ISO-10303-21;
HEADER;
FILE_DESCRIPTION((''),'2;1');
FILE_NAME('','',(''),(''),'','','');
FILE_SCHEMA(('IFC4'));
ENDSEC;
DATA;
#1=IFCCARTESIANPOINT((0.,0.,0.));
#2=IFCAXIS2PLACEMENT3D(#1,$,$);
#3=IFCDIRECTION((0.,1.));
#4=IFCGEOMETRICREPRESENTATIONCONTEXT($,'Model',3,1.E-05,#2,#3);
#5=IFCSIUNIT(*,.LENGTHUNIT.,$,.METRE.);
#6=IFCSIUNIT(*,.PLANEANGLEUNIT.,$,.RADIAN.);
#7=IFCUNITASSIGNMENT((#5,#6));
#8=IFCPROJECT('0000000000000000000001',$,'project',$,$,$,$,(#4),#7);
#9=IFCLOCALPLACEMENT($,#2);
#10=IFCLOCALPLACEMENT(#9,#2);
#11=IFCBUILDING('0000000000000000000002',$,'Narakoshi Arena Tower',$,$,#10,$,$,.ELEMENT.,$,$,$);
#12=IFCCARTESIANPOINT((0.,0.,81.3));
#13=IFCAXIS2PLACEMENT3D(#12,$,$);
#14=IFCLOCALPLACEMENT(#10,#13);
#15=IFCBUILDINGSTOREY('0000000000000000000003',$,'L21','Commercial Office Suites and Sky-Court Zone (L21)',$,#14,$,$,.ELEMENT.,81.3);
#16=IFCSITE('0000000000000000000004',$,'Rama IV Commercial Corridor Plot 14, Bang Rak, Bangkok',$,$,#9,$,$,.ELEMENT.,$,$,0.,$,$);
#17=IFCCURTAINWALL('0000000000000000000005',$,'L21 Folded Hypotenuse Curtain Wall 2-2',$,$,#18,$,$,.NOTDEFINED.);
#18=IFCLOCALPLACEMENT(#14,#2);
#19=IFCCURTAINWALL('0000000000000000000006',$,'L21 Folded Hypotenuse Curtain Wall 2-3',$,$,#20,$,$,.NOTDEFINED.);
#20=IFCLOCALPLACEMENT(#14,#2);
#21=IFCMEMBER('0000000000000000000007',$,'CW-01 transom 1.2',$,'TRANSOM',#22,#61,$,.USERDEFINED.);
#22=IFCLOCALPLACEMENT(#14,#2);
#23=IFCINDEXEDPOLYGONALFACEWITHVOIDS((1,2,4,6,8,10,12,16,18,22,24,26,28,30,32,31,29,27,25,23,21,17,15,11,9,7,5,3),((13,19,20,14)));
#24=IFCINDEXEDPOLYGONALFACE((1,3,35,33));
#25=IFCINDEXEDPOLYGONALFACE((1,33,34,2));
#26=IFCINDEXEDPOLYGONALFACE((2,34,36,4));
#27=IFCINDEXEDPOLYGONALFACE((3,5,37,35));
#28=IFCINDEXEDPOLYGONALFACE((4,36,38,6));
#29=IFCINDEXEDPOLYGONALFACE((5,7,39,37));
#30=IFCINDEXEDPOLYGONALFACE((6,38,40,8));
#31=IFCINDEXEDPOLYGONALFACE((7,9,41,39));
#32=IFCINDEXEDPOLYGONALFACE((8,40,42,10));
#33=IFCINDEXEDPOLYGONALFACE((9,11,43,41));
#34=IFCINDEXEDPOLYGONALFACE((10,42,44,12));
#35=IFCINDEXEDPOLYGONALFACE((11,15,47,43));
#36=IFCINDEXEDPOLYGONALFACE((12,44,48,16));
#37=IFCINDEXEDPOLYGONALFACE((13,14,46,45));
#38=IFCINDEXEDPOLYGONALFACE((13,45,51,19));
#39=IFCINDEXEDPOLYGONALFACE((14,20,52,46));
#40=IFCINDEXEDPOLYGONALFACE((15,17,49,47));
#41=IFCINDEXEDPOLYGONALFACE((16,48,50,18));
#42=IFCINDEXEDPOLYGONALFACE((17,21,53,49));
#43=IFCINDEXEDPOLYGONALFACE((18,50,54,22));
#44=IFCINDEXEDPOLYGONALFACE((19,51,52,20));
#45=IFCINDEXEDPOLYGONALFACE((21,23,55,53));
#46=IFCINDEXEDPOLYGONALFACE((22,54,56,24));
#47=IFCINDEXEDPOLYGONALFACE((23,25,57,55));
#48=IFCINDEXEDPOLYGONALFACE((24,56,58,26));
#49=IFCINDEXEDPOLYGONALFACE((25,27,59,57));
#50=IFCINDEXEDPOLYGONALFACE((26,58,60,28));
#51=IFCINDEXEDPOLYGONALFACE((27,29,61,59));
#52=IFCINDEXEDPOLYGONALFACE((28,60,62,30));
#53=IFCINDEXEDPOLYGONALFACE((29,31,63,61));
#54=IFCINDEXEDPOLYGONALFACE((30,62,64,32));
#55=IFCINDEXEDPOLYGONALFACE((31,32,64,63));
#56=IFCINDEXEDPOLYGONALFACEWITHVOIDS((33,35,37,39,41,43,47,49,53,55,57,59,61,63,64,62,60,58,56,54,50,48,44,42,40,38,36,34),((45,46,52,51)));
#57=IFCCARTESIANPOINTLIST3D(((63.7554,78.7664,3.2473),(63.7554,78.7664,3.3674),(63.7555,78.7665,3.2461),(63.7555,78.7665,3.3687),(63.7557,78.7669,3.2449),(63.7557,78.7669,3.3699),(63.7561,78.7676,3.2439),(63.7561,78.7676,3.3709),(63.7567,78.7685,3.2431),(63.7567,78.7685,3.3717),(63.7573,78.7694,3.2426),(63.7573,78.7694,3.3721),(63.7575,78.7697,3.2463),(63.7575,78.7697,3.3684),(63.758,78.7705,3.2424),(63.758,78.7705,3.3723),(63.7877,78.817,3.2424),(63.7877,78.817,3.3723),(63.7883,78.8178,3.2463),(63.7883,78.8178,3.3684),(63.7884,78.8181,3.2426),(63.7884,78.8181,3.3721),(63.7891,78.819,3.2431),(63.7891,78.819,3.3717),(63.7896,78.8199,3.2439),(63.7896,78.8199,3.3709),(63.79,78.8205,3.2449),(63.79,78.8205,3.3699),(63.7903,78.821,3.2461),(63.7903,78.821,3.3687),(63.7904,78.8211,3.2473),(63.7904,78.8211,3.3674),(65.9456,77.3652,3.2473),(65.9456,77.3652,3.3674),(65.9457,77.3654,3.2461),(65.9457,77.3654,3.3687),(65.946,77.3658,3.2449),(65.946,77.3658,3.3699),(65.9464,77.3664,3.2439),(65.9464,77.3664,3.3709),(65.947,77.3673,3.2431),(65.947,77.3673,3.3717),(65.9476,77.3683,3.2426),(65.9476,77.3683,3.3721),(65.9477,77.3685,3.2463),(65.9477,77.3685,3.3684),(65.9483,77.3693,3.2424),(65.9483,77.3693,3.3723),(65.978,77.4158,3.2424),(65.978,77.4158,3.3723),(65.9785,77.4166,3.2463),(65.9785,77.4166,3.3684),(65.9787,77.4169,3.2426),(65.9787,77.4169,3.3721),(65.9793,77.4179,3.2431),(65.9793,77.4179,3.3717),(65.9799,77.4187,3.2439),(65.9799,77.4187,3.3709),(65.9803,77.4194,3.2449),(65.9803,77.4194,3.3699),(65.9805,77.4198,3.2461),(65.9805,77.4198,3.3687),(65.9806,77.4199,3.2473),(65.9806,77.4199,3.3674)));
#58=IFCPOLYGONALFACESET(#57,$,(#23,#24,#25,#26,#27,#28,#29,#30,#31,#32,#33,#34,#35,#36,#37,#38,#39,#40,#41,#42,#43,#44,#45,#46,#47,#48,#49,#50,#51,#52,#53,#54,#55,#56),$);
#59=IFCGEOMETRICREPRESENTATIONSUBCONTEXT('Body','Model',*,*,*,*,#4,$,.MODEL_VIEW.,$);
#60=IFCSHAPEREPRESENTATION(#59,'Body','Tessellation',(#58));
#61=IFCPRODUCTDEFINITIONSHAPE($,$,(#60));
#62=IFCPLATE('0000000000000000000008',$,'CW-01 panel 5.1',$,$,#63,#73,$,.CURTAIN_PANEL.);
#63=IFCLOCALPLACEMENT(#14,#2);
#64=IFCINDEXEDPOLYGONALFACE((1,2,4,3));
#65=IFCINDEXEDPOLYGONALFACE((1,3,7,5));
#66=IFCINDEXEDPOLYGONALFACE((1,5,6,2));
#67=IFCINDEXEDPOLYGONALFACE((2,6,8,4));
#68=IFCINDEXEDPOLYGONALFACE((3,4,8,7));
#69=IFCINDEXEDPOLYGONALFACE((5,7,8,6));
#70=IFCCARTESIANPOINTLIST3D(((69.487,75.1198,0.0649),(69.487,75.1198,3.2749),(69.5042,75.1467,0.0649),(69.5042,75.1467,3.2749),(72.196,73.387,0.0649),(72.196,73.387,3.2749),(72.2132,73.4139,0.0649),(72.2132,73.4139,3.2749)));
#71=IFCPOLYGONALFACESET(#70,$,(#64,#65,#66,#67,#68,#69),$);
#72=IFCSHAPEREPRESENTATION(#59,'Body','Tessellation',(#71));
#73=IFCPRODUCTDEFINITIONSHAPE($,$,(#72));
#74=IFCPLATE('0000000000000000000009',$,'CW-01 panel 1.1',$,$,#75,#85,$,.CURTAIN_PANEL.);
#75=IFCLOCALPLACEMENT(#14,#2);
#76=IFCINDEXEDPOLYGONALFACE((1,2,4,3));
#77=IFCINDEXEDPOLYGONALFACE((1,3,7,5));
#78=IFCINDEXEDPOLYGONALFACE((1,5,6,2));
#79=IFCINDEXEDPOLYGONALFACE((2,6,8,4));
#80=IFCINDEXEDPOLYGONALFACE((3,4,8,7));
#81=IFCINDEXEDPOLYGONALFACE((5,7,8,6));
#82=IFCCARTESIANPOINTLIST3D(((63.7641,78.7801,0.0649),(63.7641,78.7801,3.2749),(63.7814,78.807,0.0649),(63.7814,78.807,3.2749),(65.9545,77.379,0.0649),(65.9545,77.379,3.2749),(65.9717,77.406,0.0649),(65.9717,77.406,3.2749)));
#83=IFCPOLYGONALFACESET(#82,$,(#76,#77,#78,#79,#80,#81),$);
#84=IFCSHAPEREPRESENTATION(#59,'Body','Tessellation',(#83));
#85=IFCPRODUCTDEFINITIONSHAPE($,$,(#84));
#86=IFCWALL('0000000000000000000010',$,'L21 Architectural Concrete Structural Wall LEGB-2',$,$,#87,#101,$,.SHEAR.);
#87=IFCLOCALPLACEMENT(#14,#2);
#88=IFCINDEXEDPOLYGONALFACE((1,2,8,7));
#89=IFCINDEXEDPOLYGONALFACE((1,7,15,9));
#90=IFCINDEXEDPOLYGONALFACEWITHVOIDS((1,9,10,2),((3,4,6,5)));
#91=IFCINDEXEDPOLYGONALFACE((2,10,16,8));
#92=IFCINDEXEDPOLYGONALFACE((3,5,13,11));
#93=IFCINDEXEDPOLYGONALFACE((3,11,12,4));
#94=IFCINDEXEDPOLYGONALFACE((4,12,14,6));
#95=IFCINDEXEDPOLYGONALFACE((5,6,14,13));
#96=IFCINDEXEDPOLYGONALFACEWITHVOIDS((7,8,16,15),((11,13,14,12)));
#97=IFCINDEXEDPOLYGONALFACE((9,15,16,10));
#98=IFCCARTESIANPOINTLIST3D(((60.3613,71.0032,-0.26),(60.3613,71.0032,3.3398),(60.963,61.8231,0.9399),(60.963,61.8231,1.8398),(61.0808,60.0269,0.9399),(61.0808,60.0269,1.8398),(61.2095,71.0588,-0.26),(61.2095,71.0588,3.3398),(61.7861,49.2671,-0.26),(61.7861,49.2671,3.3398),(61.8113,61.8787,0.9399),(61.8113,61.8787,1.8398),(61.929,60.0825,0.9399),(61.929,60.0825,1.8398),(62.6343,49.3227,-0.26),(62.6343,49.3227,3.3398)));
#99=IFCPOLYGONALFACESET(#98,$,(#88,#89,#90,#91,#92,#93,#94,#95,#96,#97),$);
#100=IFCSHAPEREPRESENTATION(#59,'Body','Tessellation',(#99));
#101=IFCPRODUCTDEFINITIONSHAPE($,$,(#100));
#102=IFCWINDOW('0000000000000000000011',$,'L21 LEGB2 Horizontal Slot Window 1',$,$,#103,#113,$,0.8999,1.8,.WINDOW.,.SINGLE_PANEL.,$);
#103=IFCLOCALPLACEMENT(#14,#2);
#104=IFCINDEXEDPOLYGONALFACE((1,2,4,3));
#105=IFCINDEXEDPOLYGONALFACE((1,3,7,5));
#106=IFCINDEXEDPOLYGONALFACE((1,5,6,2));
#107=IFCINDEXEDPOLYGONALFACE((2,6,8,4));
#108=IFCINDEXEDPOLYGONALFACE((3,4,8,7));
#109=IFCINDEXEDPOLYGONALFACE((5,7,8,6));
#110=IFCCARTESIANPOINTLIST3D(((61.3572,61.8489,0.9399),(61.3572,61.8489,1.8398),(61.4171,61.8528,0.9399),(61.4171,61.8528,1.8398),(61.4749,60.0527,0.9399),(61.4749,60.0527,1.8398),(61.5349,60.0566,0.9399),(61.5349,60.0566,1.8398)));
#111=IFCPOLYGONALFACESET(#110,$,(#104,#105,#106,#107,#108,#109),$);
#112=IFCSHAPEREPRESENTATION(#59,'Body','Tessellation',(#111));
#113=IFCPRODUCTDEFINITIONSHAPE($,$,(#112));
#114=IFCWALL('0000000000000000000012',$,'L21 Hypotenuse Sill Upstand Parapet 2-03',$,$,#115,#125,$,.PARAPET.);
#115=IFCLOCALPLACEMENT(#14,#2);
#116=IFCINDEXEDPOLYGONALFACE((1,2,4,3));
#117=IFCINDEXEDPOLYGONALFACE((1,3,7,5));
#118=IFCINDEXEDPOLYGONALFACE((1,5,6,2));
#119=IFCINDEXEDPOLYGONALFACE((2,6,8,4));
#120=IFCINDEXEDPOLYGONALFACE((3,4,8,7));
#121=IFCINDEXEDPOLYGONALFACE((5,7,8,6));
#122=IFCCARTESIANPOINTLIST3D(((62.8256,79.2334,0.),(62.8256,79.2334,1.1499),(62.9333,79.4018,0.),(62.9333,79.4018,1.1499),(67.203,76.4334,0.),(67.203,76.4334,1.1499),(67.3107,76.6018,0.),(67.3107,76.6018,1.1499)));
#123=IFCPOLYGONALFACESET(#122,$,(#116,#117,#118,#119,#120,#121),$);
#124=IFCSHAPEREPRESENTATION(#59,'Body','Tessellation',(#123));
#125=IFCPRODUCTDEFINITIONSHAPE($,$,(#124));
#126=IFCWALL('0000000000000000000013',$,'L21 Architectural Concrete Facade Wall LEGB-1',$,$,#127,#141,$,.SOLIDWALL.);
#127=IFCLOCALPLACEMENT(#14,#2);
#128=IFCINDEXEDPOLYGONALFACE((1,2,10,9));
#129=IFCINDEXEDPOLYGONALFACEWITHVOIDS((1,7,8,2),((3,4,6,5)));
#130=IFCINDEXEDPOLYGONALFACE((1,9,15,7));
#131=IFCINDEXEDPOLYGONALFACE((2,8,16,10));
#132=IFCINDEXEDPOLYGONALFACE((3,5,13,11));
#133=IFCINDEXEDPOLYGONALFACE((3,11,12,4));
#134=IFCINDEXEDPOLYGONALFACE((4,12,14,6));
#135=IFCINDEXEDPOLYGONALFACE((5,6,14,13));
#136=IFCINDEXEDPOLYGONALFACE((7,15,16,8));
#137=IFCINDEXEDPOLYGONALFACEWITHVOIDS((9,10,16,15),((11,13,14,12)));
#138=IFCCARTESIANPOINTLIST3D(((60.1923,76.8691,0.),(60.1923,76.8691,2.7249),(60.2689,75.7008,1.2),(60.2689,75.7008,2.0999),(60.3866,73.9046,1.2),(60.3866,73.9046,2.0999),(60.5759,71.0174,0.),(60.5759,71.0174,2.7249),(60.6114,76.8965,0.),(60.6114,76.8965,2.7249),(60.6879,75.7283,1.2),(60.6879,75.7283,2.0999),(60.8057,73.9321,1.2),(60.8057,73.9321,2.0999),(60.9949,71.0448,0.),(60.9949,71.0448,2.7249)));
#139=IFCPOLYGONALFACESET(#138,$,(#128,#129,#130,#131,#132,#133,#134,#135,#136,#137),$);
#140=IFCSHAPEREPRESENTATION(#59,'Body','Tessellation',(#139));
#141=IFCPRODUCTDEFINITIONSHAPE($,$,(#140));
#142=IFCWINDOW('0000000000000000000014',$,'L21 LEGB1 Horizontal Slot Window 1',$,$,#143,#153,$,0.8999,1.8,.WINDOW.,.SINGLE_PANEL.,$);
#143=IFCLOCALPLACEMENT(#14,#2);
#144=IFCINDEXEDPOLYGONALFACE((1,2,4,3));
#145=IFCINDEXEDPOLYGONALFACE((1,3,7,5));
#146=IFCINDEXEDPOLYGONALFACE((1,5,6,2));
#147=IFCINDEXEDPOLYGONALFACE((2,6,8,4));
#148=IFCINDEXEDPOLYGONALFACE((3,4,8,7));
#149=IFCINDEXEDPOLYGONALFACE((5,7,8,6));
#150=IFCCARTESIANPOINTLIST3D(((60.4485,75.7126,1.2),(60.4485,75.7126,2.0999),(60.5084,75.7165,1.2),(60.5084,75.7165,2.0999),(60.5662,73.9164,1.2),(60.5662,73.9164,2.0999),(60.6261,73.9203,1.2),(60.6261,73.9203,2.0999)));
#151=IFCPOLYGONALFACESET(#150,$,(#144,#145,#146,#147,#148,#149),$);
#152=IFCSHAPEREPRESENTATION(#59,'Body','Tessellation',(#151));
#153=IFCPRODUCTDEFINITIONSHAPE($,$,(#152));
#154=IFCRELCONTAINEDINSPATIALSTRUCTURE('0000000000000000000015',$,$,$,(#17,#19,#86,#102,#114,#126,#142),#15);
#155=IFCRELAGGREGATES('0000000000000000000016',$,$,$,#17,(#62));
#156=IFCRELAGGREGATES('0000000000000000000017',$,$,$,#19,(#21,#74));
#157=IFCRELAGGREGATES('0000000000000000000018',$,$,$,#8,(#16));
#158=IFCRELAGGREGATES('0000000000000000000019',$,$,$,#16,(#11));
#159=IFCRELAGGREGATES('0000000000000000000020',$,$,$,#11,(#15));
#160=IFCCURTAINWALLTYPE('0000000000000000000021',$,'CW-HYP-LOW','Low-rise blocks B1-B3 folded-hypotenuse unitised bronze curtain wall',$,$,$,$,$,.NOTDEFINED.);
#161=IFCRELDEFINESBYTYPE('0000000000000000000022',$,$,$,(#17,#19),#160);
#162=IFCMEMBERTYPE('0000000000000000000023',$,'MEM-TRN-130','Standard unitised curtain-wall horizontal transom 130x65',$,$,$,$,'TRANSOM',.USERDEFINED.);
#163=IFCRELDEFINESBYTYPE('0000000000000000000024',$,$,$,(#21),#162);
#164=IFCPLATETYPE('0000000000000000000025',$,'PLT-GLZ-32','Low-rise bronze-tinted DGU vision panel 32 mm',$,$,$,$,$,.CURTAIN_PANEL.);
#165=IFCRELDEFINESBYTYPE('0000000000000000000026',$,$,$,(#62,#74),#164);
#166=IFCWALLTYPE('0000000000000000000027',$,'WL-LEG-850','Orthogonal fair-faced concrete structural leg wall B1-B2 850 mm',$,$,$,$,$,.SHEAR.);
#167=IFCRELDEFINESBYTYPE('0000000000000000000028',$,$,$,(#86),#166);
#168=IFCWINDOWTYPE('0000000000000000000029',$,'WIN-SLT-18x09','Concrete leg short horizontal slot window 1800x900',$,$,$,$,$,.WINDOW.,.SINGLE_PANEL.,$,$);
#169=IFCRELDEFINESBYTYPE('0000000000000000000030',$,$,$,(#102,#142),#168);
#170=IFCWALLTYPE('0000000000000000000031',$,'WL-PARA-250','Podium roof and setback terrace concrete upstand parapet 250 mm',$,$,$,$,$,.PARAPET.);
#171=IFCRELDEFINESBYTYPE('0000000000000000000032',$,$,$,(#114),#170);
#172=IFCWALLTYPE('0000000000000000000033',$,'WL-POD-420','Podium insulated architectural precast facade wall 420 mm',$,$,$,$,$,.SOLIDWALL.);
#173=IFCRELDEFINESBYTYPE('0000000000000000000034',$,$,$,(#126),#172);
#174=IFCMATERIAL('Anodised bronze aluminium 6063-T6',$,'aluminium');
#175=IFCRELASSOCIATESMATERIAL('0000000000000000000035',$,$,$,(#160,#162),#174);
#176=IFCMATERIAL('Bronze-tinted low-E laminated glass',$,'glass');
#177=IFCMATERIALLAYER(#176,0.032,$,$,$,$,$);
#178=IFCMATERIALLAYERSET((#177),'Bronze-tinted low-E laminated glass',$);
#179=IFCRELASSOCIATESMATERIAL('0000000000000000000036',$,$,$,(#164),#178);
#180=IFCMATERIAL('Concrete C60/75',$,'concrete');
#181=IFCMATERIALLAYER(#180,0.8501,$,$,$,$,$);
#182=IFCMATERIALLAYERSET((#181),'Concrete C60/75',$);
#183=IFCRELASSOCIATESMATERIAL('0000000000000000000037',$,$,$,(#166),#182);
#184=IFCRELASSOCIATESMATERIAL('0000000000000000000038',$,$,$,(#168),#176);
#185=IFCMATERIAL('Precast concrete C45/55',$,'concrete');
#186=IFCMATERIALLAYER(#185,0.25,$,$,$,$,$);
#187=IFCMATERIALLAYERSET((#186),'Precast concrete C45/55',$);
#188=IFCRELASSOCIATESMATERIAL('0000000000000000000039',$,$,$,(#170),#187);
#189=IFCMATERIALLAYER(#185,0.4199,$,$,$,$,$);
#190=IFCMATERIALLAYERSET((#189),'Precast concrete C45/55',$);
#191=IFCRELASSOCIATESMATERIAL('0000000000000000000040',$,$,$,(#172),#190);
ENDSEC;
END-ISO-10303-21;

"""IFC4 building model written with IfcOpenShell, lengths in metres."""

from ifc_helpers import new_model, si_unit, direction, frame, frame_2d, origin, origin_2d, place, context, subcontext, project, spatial, rectangle, hollow_rectangle, extrude, material, layer, layer_set, material_profile, profile_set, type_object, element, fill, aggregate, save


model = new_model("IFC4")

# Units and contexts
model_context = context("Model", 3, precision=1e-05, world=origin(), true_north=direction((0.0, 1.0)))
body_context = subcontext(model_context, "Body", "Model", "MODEL_VIEW")
ifc_project = project(units=[si_unit("LENGTHUNIT", "METRE"), si_unit("PLANEANGLEUNIT", "RADIAN")], contexts=[model_context])

# Site, building, storey
site_placement = place(None, origin())
site = spatial("IfcSite", under=ifc_project, at=site_placement, Name="Rama IV Commercial Corridor Plot 14, Bang Rak, Bangkok", CompositionType="ELEMENT", RefElevation=0.0)
building_placement = place(site_placement, origin())
building = spatial("IfcBuilding", under=site, at=building_placement, Name="Narakoshi Arena Tower", CompositionType="ELEMENT")
storey_placement = place(building_placement, frame((0.0, 0.0, 81.3)))
storey = spatial("IfcBuildingStorey", under=building, at=storey_placement, Name="L21", Description="Commercial Office Suites and Sky-Court Zone (L21)", CompositionType="ELEMENT", Elevation=81.3)

# Shared definitions
ifc_material_1 = material(Name="Concrete C60/75", Category="concrete")

# Curtain wall
ifc_material_2 = material(Name="Anodised bronze aluminium 6063-T6", Category="aluminium")
curtain_wall_type = type_object("IfcCurtainWallType", Name="CW-HYP-LOW", Description="Low-rise blocks B1-B3 folded-hypotenuse unitised bronze curtain wall", PredefinedType="NOTDEFINED", material=ifc_material_2)
curtain_wall_1_placement = place(storey_placement, origin())
curtain_wall_1 = element("IfcCurtainWall", 1, at=curtain_wall_1_placement, inside=storey, type_object=curtain_wall_type, Name="L21 Folded Hypotenuse Curtain Wall 2-2", PredefinedType="NOTDEFINED")

# Curtain wall
curtain_wall_2_placement = place(storey_placement, origin())
curtain_wall_2 = element("IfcCurtainWall", 2, at=curtain_wall_2_placement, inside=storey, type_object=curtain_wall_type, Name="L21 Folded Hypotenuse Curtain Wall 2-3", PredefinedType="NOTDEFINED")

# Member
ifc_material_profile_1 = material_profile(ifc_material_2, hollow_rectangle(XDim=0.0649, YDim=0.1299, WallThickness=0.0039, OuterFilletRadius=0.0049, at=origin_2d()), Name="TRN130x65x4")
ifc_profile_set_1 = profile_set([ifc_material_profile_1], Name="Anodised bronze aluminium 6063-T6")
member_type_1 = type_object("IfcMemberType", Name="MEM-TRN-130", Description="Standard unitised curtain-wall horizontal transom 130x65", ElementType="TRANSOM", PredefinedType="USERDEFINED", material=ifc_profile_set_1)
member_1_placement = place(storey_placement, frame((65.9631, 77.3926, 3.3074), z_axis=(-0.842375, 0.538891, 0.0), x_axis=(-0.538891, -0.842375, 0.0)))
member_1 = element("IfcMember", 3, at=member_1_placement, type_object=member_type_1, Name="CW-01 transom 1.2", ObjectType="TRANSOM", PredefinedType="USERDEFINED", context=body_context, shape_type="SweptSolid", body=[
    extrude(hollow_rectangle(XDim=0.0649, YDim=0.1299, WallThickness=0.0039, OuterFilletRadius=0.0049, at=origin_2d()), origin(), (0.0, 0.0, 1.0), 2.6001),
])

# Plates
ifc_material_3 = material(Name="Bronze-tinted low-E laminated glass", Category="glass")
ifc_layer_1 = layer(ifc_material_3, 0.032)
ifc_layer_set_1 = layer_set([ifc_layer_1], Name="Bronze-tinted low-E laminated glass")
plate_type = type_object("IfcPlateType", Name="PLT-GLZ-32", Description="Low-rise bronze-tinted DGU vision panel 32 mm", PredefinedType="CURTAIN_PANEL", material=ifc_layer_set_1)
plate_1_placement = place(storey_placement, frame((70.8501, 74.2668, 0.0649), z_axis=(0.0, 0.0, 1.0), x_axis=(-0.842415, 0.538829, 0.0)))
plate_1 = element("IfcPlate", 4, at=plate_1_placement, type_object=plate_type, Name="CW-01 panel 5.1", PredefinedType="CURTAIN_PANEL", context=body_context, shape_type="SweptSolid", body=[
    extrude(rectangle(XDim=3.2158, YDim=0.032, at=origin_2d()), origin(), (0.0, 0.0, 1.0), 3.21),
])
aggregate(curtain_wall_1, [plate_1])
plate_2_placement = place(storey_placement, frame((64.8679, 78.093, 0.0649), z_axis=(0.0, 0.0, 1.0), x_axis=(-0.842407, 0.538841, 0.0)))
plate_2 = element("IfcPlate", 5, at=plate_2_placement, type_object=plate_type, Name="CW-01 panel 1.1", PredefinedType="CURTAIN_PANEL", context=body_context, shape_type="SweptSolid", body=[
    extrude(rectangle(XDim=2.6001, YDim=0.032, at=origin_2d()), origin(), (0.0, 0.0, 1.0), 3.21),
])
aggregate(curtain_wall_2, [member_1, plate_2])

# Wall, opening, window
ifc_layer_2 = layer(ifc_material_1, 0.8501)
ifc_layer_set_2 = layer_set([ifc_layer_2], Name="Concrete C60/75")
wall_type_1 = type_object("IfcWallType", Name="WL-LEG-850", Description="Orthogonal fair-faced concrete structural leg wall B1-B2 850 mm", PredefinedType="SHEAR", material=ifc_layer_set_2)
wall_1_placement = place(storey_placement, frame((60.7854, 71.031, -0.26), z_axis=(0.0, 0.0, 1.0), x_axis=(0.06541, -0.997858, 0.0)))
wall_1 = element("IfcWall", 6, at=wall_1_placement, inside=storey, type_object=wall_type_1, Name="L21 Architectural Concrete Structural Wall LEGB-2", PredefinedType="SHEAR", context=body_context, shape_type="SweptSolid", body=[
    extrude(rectangle(XDim=21.7827, YDim=0.8501, at=frame_2d((10.8914, 0.0))), origin(), (0.0, 0.0, 1.0), 3.5999),
])
opening_1_placement = place(wall_1_placement, frame((9.2, 0.0, 1.2)))
opening_1 = element("IfcOpeningElement", 7, at=opening_1_placement, cuts=wall_1, PredefinedType="OPENING", context=body_context, shape_type="SweptSolid", body=[
    extrude(rectangle(XDim=1.8, YDim=0.8999, at=frame_2d((0.8999, 0.45))), frame((0.0, 0.4351, 0.0), z_axis=(0.0, -1.0, 0.0), x_axis=(1.0, 0.0, 0.0)), (0.0, 0.0, 1.0), 0.8701),
])
window_type_1 = type_object("IfcWindowType", Name="WIN-SLT-18x09", Description="Concrete leg short horizontal slot window 1800x900", PartitioningType="SINGLE_PANEL", PredefinedType="WINDOW", material=ifc_material_3)
window_1_placement = place(opening_1_placement, origin())
window_1 = element("IfcWindow", 8, at=window_1_placement, inside=storey, type_object=window_type_1, Name="L21 LEGB2 Horizontal Slot Window 1", OverallHeight=0.8999, OverallWidth=1.8, PartitioningType="SINGLE_PANEL", PredefinedType="WINDOW", context=body_context, shape_type="SweptSolid", body=[
    extrude(rectangle(XDim=1.8, YDim=0.8999, at=frame_2d((0.8999, 0.45))), frame((0.0, 0.03, 0.0), z_axis=(0.0, -1.0, 0.0), x_axis=(1.0, 0.0, 0.0)), (0.0, 0.0, 1.0), 0.0601),
])
fill(opening_1, window_1)

# Wall
ifc_material_4 = material(Name="Precast concrete C45/55", Category="concrete")
ifc_layer_3 = layer(ifc_material_4, 0.25)
ifc_layer_set_3 = layer_set([ifc_layer_3], Name="Precast concrete C45/55")
wall_type_2 = type_object("IfcWallType", Name="WL-PARA-250", Description="Podium roof and setback terrace concrete upstand parapet 250 mm", PredefinedType="PARAPET", material=ifc_layer_set_3)
wall_2_placement = place(storey_placement, frame((67.2568, 76.5176, 0.0), z_axis=(0.0, 0.0, 1.0), x_axis=(-0.842404, 0.538847, 0.0)))
element("IfcWall", 9, at=wall_2_placement, inside=storey, type_object=wall_type_2, Name="L21 Hypotenuse Sill Upstand Parapet 2-03", PredefinedType="PARAPET", context=body_context, shape_type="SweptSolid", body=[
    extrude(rectangle(XDim=5.1963, YDim=0.2, at=frame_2d((2.5981, 0.0))), origin(), (0.0, 0.0, 1.0), 1.1499),
])

# Wall, opening, window
ifc_layer_4 = layer(ifc_material_4, 0.4199)
ifc_layer_set_4 = layer_set([ifc_layer_4], Name="Precast concrete C45/55")
wall_type_3 = type_object("IfcWallType", Name="WL-POD-420", Description="Podium insulated architectural precast facade wall 420 mm", PredefinedType="SOLIDWALL", material=ifc_layer_set_4)
wall_3_placement = place(storey_placement, frame((60.4019, 76.8828, 0.0), z_axis=(0.0, 0.0, 1.0), x_axis=(0.065403, -0.997859, 0.0)))
wall_3 = element("IfcWall", 10, at=wall_3_placement, inside=storey, type_object=wall_type_3, Name="L21 Architectural Concrete Facade Wall LEGB-1", PredefinedType="SOLIDWALL", context=body_context, shape_type="SweptSolid", body=[
    extrude(rectangle(XDim=5.8643, YDim=0.4199, at=frame_2d((2.9321, 0.0))), origin(), (0.0, 0.0, 1.0), 2.7249),
])
opening_2_placement = place(wall_3_placement, frame((1.1709, 0.0, 1.2)))
opening_2 = element("IfcOpeningElement", 11, at=opening_2_placement, cuts=wall_3, PredefinedType="OPENING", context=body_context, shape_type="SweptSolid", body=[
    extrude(rectangle(XDim=1.8, YDim=0.8999, at=frame_2d((0.8999, 0.45))), frame((0.0, 0.22, 0.0), z_axis=(0.0, -1.0, 0.0), x_axis=(1.0, 0.0, 0.0)), (0.0, 0.0, 1.0), 0.4399),
])
window_2_placement = place(opening_2_placement, origin())
window_2 = element("IfcWindow", 12, at=window_2_placement, inside=storey, type_object=window_type_1, Name="L21 LEGB1 Horizontal Slot Window 1", OverallHeight=0.8999, OverallWidth=1.8, PartitioningType="SINGLE_PANEL", PredefinedType="WINDOW", context=body_context, shape_type="SweptSolid", body=[
    extrude(rectangle(XDim=1.8, YDim=0.8999, at=frame_2d((0.8999, 0.45))), frame((0.0, 0.03, 0.0), z_axis=(0.0, -1.0, 0.0), x_axis=(1.0, 0.0, 0.0)), (0.0, 0.0, 1.0), 0.0601),
])
fill(opening_2, window_2)

save(model, "model.ifc")
